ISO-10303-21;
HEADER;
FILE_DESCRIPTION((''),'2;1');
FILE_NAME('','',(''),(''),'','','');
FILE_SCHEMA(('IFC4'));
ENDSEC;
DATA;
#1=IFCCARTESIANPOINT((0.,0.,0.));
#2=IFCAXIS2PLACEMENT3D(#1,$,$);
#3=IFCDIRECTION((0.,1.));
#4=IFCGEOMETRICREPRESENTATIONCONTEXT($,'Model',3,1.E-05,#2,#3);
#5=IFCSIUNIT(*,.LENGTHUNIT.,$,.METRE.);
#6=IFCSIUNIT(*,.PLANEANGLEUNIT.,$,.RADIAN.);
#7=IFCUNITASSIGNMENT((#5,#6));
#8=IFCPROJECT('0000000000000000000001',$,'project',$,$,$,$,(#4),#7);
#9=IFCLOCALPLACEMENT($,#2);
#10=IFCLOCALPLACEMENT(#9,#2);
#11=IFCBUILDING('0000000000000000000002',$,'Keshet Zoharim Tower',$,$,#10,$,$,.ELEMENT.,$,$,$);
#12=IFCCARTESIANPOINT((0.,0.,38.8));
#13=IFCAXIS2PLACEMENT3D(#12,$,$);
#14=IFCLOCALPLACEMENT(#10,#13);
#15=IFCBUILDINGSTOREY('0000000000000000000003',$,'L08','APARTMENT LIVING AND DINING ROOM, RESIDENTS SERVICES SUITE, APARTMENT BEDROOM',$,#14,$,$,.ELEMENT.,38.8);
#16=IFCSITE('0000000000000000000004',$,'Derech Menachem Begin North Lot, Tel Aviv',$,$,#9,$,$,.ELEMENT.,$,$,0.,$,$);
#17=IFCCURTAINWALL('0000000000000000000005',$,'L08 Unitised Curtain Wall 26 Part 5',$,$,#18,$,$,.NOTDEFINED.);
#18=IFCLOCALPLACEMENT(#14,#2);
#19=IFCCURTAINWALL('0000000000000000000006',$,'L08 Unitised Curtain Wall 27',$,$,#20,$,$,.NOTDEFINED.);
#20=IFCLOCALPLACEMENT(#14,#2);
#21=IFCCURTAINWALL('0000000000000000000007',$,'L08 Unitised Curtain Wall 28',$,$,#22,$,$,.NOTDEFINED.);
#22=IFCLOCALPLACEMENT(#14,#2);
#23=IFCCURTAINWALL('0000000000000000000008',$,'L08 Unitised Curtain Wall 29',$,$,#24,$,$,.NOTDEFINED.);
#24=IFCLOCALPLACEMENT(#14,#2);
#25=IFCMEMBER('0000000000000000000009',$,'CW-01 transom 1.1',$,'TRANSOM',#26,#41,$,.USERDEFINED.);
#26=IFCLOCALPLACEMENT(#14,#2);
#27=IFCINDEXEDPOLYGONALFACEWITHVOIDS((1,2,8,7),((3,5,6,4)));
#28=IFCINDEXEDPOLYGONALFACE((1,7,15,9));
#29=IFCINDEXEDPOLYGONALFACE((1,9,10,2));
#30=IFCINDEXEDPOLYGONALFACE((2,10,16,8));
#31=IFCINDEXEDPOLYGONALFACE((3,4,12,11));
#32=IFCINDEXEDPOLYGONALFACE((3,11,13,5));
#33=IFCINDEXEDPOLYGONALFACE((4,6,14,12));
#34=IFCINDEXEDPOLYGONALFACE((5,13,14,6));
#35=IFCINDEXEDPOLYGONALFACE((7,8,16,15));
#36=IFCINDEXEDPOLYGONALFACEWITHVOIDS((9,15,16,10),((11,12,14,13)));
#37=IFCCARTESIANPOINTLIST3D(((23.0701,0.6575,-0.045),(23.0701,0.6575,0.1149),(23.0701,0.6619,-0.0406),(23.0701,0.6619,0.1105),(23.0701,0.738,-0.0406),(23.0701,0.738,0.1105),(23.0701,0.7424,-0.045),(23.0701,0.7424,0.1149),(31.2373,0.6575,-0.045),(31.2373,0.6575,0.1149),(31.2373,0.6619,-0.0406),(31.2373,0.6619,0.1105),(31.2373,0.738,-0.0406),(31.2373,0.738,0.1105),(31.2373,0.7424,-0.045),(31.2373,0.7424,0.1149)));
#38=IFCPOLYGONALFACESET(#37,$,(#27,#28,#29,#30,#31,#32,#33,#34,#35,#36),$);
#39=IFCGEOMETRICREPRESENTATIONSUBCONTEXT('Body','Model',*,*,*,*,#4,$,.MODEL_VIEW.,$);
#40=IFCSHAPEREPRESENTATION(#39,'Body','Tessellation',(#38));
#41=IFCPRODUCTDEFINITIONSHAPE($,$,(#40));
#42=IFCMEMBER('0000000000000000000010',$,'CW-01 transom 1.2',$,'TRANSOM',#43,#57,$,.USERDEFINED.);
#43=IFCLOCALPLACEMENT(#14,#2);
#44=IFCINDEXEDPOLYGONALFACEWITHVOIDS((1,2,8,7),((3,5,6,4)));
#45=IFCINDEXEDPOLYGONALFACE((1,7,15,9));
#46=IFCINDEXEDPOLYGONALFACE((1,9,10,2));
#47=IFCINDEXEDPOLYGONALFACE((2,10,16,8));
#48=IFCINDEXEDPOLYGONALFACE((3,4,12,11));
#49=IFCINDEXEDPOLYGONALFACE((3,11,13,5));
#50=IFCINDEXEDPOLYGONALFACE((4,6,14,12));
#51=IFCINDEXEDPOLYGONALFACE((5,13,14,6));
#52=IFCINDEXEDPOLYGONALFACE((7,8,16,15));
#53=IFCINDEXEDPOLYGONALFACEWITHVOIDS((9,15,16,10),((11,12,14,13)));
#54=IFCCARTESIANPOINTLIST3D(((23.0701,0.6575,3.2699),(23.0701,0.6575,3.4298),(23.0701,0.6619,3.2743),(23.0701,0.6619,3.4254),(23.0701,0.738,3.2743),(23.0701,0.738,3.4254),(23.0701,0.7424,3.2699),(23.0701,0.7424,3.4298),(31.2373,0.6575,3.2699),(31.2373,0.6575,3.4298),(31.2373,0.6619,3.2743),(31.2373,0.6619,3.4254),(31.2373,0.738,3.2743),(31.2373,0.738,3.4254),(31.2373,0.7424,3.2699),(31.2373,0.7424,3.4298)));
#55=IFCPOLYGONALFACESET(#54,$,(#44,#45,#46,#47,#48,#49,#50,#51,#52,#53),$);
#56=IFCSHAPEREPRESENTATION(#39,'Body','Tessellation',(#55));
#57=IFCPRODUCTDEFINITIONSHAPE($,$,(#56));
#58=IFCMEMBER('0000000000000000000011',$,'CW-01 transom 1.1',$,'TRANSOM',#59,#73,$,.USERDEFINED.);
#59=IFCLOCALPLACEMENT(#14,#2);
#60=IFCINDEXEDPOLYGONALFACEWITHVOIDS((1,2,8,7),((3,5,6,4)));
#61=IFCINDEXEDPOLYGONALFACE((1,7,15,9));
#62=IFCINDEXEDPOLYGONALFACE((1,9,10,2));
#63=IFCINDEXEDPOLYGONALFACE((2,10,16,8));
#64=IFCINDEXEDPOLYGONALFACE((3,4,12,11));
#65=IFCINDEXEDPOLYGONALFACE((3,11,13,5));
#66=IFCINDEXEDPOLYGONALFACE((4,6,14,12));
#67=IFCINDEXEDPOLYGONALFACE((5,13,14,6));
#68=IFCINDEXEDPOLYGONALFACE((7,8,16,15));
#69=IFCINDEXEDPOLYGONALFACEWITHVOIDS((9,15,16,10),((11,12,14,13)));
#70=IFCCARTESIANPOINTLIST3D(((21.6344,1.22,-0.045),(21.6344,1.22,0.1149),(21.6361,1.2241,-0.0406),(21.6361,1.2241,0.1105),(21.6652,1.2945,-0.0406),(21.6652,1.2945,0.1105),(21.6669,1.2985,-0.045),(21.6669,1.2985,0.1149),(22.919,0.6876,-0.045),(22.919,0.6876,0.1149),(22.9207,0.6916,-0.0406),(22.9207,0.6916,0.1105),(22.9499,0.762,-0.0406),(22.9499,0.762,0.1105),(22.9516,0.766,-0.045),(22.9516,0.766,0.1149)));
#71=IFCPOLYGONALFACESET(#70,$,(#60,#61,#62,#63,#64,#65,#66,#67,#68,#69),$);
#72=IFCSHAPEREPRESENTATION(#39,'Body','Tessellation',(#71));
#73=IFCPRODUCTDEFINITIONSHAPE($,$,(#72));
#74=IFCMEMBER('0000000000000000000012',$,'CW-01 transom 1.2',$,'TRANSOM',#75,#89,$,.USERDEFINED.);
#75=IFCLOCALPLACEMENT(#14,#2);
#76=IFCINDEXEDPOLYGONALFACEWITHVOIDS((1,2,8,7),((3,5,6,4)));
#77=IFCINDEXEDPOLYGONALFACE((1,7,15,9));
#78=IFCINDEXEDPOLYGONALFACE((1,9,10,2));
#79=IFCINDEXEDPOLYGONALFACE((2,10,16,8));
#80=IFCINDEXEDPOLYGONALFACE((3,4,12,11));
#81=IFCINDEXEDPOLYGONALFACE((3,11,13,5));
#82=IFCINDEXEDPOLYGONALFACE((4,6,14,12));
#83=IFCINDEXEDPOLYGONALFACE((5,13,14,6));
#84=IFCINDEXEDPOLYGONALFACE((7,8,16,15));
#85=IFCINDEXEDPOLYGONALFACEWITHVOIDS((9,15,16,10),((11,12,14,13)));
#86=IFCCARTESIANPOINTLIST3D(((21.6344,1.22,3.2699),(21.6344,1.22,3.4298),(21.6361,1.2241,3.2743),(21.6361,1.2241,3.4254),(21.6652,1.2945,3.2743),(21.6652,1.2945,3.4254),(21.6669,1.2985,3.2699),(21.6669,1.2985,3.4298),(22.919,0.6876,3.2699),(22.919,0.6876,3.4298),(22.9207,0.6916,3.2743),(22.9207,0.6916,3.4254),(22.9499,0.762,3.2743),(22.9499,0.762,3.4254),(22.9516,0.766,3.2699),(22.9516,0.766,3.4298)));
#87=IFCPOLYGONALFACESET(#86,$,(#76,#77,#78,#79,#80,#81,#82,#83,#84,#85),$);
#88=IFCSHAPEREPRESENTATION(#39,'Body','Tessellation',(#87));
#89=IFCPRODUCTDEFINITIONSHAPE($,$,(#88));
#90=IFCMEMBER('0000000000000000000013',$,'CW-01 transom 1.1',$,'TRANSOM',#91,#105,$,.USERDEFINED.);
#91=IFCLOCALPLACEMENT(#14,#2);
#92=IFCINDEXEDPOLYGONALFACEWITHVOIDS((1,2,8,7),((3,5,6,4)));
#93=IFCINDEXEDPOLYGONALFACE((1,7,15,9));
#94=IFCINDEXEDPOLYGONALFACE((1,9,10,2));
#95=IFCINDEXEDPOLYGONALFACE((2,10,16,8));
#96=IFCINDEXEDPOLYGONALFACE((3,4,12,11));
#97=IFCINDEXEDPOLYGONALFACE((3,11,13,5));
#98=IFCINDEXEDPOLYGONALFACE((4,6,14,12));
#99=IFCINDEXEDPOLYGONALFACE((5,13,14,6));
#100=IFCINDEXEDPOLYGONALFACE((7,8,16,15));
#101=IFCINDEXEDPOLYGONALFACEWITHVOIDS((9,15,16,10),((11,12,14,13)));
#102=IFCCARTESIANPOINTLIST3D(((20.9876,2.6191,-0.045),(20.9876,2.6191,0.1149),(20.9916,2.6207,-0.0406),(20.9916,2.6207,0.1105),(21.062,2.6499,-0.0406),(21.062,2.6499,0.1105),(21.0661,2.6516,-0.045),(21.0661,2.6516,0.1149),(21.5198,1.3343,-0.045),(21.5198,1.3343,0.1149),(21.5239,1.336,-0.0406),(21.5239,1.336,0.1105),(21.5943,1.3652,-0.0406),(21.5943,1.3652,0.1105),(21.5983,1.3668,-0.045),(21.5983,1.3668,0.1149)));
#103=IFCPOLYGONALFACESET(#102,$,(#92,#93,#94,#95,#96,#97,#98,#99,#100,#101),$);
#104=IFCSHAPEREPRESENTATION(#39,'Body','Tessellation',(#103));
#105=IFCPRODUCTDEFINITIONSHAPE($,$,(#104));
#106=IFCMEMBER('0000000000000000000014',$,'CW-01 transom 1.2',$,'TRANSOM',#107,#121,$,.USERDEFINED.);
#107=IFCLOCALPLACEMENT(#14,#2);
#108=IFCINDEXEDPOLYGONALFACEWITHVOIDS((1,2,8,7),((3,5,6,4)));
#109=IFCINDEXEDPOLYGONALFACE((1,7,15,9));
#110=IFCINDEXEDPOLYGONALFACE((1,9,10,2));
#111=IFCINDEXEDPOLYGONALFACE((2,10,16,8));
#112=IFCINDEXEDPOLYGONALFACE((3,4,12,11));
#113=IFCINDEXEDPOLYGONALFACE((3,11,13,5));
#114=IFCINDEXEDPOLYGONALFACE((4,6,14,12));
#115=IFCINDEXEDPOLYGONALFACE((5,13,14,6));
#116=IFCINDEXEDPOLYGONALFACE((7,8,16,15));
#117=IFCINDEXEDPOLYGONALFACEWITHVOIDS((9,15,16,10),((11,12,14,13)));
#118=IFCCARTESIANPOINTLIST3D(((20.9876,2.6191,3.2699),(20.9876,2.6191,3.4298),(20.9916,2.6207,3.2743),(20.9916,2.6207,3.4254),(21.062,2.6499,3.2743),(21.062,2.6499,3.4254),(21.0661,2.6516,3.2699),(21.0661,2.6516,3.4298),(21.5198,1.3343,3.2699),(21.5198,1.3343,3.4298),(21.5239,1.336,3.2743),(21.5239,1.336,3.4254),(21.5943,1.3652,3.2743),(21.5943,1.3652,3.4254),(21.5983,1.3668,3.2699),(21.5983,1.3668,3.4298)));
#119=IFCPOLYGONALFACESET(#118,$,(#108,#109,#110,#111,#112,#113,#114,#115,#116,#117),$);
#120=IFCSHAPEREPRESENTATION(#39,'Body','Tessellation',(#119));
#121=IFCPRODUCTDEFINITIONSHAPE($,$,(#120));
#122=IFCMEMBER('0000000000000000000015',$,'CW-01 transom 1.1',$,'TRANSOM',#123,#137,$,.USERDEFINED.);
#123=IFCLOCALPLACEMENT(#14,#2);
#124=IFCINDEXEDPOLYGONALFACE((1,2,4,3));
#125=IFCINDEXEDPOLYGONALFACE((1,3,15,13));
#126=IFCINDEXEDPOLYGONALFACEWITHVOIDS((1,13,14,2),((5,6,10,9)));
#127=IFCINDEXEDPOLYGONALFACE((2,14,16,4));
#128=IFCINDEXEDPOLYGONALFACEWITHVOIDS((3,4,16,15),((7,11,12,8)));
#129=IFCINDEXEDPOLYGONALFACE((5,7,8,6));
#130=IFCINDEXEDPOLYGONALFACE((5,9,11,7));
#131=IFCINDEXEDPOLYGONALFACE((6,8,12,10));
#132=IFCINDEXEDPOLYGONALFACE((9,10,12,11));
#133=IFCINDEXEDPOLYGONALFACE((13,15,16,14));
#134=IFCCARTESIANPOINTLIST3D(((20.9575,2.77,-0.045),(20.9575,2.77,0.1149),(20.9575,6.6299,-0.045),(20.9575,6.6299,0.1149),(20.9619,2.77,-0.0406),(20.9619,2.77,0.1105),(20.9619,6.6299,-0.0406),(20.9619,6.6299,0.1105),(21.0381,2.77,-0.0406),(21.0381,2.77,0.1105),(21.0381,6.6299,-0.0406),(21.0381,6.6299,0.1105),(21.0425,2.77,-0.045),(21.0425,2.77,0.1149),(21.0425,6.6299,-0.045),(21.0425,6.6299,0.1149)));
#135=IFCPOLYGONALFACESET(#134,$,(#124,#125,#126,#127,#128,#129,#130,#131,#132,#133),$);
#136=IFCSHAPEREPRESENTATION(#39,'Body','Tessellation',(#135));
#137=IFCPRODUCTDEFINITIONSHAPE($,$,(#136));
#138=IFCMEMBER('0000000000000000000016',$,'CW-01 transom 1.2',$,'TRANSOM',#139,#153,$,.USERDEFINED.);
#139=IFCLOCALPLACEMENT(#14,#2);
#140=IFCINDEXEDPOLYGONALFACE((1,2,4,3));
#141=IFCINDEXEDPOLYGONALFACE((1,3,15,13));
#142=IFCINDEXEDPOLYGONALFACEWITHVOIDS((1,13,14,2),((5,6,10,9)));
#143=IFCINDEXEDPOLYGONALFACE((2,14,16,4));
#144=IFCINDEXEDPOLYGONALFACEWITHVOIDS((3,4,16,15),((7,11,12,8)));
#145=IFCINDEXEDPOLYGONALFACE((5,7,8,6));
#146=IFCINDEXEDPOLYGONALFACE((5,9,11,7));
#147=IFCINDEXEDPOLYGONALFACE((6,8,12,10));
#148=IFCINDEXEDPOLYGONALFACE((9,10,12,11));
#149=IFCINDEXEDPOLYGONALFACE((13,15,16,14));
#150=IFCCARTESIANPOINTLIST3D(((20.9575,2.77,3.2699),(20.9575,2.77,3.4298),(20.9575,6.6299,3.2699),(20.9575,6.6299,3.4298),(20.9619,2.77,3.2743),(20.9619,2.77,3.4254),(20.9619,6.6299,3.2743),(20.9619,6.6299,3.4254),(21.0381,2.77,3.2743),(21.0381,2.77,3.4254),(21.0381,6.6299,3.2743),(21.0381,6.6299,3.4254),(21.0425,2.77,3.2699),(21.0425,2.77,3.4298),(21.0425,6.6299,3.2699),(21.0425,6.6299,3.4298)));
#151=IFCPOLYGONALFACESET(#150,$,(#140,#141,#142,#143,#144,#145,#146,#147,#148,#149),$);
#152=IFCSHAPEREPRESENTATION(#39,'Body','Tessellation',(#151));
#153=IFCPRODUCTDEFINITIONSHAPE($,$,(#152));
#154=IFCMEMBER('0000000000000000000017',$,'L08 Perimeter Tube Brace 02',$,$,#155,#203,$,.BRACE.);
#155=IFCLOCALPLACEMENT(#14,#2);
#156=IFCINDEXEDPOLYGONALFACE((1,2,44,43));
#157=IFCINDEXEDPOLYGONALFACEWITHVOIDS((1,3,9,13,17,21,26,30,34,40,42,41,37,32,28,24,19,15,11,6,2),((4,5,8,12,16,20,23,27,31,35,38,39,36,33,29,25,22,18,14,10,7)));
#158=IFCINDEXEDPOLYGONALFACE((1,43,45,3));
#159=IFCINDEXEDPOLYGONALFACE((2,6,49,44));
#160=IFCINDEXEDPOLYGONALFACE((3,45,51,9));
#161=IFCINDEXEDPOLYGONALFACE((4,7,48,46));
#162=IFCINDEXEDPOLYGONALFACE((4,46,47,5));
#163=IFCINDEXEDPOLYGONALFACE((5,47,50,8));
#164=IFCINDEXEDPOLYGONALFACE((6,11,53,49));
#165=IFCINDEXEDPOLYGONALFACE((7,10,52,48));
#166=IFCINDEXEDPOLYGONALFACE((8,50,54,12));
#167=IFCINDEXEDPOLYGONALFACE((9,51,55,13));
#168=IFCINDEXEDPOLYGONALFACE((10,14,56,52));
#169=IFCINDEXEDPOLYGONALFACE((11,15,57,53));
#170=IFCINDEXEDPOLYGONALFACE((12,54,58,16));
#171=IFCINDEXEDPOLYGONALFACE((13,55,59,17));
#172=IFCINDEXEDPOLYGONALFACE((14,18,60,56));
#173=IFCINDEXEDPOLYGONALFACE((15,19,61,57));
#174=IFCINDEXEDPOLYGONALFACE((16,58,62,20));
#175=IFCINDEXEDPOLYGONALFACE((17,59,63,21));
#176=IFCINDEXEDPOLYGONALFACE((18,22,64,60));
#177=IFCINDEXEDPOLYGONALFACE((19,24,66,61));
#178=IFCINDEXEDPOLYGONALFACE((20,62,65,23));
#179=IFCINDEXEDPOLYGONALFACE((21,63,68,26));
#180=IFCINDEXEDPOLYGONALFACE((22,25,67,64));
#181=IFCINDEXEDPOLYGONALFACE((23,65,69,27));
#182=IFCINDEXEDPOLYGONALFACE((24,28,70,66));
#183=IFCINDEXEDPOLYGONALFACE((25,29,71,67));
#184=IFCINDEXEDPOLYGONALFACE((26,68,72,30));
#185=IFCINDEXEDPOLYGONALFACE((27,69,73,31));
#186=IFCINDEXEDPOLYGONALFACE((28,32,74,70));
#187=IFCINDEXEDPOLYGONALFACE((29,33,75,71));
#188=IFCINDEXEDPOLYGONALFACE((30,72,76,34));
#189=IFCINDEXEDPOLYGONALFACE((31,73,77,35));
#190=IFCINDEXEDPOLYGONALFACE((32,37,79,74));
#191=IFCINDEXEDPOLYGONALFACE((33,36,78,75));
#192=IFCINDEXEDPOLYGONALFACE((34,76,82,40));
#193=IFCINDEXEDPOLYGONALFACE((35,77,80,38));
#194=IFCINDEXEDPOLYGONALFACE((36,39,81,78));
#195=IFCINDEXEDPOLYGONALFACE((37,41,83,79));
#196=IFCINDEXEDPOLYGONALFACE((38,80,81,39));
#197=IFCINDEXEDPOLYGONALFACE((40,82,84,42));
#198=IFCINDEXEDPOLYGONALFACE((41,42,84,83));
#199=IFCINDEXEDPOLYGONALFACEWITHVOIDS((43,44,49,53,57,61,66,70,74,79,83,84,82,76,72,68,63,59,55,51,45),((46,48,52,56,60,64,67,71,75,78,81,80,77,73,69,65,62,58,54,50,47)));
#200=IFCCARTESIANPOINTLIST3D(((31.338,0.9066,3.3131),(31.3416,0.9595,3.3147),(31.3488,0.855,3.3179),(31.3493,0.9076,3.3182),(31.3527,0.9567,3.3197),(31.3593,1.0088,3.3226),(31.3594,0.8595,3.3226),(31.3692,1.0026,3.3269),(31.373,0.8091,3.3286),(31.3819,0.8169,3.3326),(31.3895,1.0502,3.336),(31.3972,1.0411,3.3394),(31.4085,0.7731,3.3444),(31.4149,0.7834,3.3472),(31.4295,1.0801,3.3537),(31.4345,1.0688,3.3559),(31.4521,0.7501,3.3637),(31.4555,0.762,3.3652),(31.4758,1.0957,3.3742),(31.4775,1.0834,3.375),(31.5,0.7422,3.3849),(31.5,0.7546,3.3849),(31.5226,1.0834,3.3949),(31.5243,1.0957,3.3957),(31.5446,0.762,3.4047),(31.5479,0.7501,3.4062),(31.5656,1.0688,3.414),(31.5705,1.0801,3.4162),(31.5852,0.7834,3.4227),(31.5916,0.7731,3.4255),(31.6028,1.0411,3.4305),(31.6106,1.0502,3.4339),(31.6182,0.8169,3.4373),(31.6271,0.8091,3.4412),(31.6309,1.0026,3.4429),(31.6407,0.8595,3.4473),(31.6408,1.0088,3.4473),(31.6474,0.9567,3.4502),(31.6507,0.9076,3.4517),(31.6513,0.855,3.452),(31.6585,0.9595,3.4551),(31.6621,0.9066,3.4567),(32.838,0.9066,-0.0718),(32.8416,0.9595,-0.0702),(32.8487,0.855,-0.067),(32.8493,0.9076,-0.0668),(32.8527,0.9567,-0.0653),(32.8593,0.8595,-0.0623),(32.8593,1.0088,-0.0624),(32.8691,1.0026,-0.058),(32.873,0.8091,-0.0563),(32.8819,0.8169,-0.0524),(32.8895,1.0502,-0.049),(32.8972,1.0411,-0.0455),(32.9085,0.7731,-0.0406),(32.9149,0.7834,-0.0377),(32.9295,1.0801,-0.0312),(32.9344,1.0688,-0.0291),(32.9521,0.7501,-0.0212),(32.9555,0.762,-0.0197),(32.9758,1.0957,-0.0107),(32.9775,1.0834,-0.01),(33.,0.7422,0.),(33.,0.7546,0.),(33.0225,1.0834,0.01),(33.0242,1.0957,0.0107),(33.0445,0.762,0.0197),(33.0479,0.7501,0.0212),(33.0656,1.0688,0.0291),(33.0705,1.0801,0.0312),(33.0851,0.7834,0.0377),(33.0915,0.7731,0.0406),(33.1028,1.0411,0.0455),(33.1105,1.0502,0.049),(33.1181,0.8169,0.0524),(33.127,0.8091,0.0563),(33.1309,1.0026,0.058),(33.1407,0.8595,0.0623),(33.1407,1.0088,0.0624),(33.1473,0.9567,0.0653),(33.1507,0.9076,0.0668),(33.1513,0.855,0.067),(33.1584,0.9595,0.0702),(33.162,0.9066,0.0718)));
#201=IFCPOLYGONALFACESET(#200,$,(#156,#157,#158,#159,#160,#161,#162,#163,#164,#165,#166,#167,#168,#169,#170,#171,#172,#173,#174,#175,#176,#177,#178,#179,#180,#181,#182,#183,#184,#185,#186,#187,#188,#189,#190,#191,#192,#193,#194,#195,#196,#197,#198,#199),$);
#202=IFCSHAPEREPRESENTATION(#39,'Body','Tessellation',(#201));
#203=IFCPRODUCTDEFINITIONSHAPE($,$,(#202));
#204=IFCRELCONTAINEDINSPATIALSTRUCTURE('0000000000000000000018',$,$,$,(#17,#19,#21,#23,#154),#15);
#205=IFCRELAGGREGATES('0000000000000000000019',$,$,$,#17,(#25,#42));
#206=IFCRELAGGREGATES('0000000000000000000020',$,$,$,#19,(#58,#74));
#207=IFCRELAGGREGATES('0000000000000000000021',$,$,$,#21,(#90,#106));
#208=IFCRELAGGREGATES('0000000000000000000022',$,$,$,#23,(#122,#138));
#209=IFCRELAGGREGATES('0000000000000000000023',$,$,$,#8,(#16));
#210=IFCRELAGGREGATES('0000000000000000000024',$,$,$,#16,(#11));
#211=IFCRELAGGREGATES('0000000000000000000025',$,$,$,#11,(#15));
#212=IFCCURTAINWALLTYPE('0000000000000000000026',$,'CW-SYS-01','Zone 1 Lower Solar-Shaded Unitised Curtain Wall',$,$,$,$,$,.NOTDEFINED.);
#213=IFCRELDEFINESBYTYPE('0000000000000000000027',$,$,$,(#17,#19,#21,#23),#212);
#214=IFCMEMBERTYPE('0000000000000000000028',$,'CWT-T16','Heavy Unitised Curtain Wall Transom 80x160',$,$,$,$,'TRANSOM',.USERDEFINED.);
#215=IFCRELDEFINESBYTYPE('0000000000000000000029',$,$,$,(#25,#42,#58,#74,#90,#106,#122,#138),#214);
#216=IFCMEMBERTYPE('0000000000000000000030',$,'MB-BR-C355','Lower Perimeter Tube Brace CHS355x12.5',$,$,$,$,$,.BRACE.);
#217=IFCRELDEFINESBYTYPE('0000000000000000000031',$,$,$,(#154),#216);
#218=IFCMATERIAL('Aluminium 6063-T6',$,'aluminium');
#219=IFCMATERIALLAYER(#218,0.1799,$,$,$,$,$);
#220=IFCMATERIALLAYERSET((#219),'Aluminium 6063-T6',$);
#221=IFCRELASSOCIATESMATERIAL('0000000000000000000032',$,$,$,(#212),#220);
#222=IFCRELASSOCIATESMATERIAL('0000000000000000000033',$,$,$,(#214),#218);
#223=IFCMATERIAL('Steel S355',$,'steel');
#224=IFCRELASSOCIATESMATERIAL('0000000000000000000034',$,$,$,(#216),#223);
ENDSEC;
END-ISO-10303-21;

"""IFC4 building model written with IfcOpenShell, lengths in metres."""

from ifc_helpers import new_model, si_unit, direction, frame, origin, origin_2d, place, context, subcontext, project, spatial, hollow_rectangle, hollow_circle, extrude, material, layer, layer_set, material_profile, profile_set, type_object, element, aggregate, save


model = new_model("IFC4")

# Units and contexts
model_context = context("Model", 3, precision=1e-05, world=origin(), true_north=direction((0.0, 1.0)))
body_context = subcontext(model_context, "Body", "Model", "MODEL_VIEW")
ifc_project = project(units=[si_unit("LENGTHUNIT", "METRE"), si_unit("PLANEANGLEUNIT", "RADIAN")], contexts=[model_context])

# Site, building, storey
site_placement = place(None, origin())
site = spatial("IfcSite", under=ifc_project, at=site_placement, Name="Derech Menachem Begin North Lot, Tel Aviv", CompositionType="ELEMENT", RefElevation=0.0)
building_placement = place(site_placement, origin())
building = spatial("IfcBuilding", under=site, at=building_placement, Name="Keshet Zoharim Tower", CompositionType="ELEMENT")
storey_placement = place(building_placement, frame((0.0, 0.0, 38.8)))
storey = spatial("IfcBuildingStorey", under=building, at=storey_placement, Name="L08", Description="APARTMENT LIVING AND DINING ROOM, RESIDENTS SERVICES SUITE, APARTMENT BEDROOM", CompositionType="ELEMENT", Elevation=38.8)

# Shared definitions
ifc_material_1 = material(Name="Steel S355", Category="steel")

# Curtain wall
ifc_material_2 = material(Name="Aluminium 6063-T6", Category="aluminium")
ifc_layer_1 = layer(ifc_material_2, 0.1799)
ifc_layer_set_1 = layer_set([ifc_layer_1], Name="Aluminium 6063-T6")
curtain_wall_type = type_object("IfcCurtainWallType", Name="CW-SYS-01", Description="Zone 1 Lower Solar-Shaded Unitised Curtain Wall", PredefinedType="NOTDEFINED", material=ifc_layer_set_1)
curtain_wall_1_placement = place(storey_placement, origin())
curtain_wall_1 = element("IfcCurtainWall", 1, at=curtain_wall_1_placement, inside=storey, type_object=curtain_wall_type, Name="L08 Unitised Curtain Wall 26 Part 5", PredefinedType="NOTDEFINED")

# Curtain walls
curtain_wall_2_placement = place(storey_placement, origin())
curtain_wall_2 = element("IfcCurtainWall", 2, at=curtain_wall_2_placement, inside=storey, type_object=curtain_wall_type, Name="L08 Unitised Curtain Wall 27", PredefinedType="NOTDEFINED")
curtain_wall_3_placement = place(storey_placement, origin())
curtain_wall_3 = element("IfcCurtainWall", 3, at=curtain_wall_3_placement, inside=storey, type_object=curtain_wall_type, Name="L08 Unitised Curtain Wall 28", PredefinedType="NOTDEFINED")
curtain_wall_4_placement = place(storey_placement, origin())
curtain_wall_4 = element("IfcCurtainWall", 4, at=curtain_wall_4_placement, inside=storey, type_object=curtain_wall_type, Name="L08 Unitised Curtain Wall 29", PredefinedType="NOTDEFINED")

# Members
ifc_material_profile_1 = material_profile(ifc_material_2, hollow_rectangle(XDim=0.085, YDim=0.1599, WallThickness=0.0044, at=origin_2d()), Name="TRN-85x160")
ifc_profile_set_1 = profile_set([ifc_material_profile_1], Name="Aluminium 6063-T6")
member_type_1 = type_object("IfcMemberType", Name="CWT-T16", Description="Heavy Unitised Curtain Wall Transom 80x160", ElementType="TRANSOM", PredefinedType="USERDEFINED", material=ifc_profile_set_1)
member_1_placement = place(storey_placement, frame((31.2373, 0.7, 0.0349), z_axis=(-1.0, 0.0, 0.0), x_axis=(0.0, -1.0, 0.0)))
member_1 = element("IfcMember", 5, at=member_1_placement, type_object=member_type_1, Name="CW-01 transom 1.1", ObjectType="TRANSOM", PredefinedType="USERDEFINED", context=body_context, shape_type="SweptSolid", body=[
    extrude(hollow_rectangle(XDim=0.085, YDim=0.1599, WallThickness=0.0044, at=origin_2d()), origin(), (0.0, 0.0, 1.0), 8.1672),
])
member_2_placement = place(storey_placement, frame((31.2373, 0.7, 3.3499), z_axis=(-1.0, 0.0, 0.0), x_axis=(0.0, -1.0, 0.0)))
member_2 = element("IfcMember", 6, at=member_2_placement, type_object=member_type_1, Name="CW-01 transom 1.2", ObjectType="TRANSOM", PredefinedType="USERDEFINED", context=body_context, shape_type="SweptSolid", body=[
    extrude(hollow_rectangle(XDim=0.085, YDim=0.1599, WallThickness=0.0044, at=origin_2d()), origin(), (0.0, 0.0, 1.0), 8.1672),
])
member_3_placement = place(storey_placement, frame((22.9353, 0.7268, 0.0349), z_axis=(-0.923792, 0.382894, 0.0), x_axis=(-0.382894, -0.923792, 0.0)))
member_3 = element("IfcMember", 7, at=member_3_placement, type_object=member_type_1, Name="CW-01 transom 1.1", ObjectType="TRANSOM", PredefinedType="USERDEFINED", context=body_context, shape_type="SweptSolid", body=[
    extrude(hollow_rectangle(XDim=0.085, YDim=0.1599, WallThickness=0.0044, at=origin_2d()), origin(), (0.0, 0.0, 1.0), 1.3906),
])
member_4_placement = place(storey_placement, frame((22.9353, 0.7268, 3.3499), z_axis=(-0.923792, 0.382894, 0.0), x_axis=(-0.382894, -0.923792, 0.0)))
member_4 = element("IfcMember", 8, at=member_4_placement, type_object=member_type_1, Name="CW-01 transom 1.2", ObjectType="TRANSOM", PredefinedType="USERDEFINED", context=body_context, shape_type="SweptSolid", body=[
    extrude(hollow_rectangle(XDim=0.085, YDim=0.1599, WallThickness=0.0044, at=origin_2d()), origin(), (0.0, 0.0, 1.0), 1.3906),
])
member_5_placement = place(storey_placement, frame((21.5591, 1.3506, 0.0349), z_axis=(-0.382745, 0.923854, 0.0), x_axis=(-0.923854, -0.382745, 0.0)))
member_5 = element("IfcMember", 9, at=member_5_placement, type_object=member_type_1, Name="CW-01 transom 1.1", ObjectType="TRANSOM", PredefinedType="USERDEFINED", context=body_context, shape_type="SweptSolid", body=[
    extrude(hollow_rectangle(XDim=0.085, YDim=0.1599, WallThickness=0.0044, at=origin_2d()), origin(), (0.0, 0.0, 1.0), 1.3906),
])
member_6_placement = place(storey_placement, frame((21.5591, 1.3506, 3.3499), z_axis=(-0.382745, 0.923854, 0.0), x_axis=(-0.923854, -0.382745, 0.0)))
member_6 = element("IfcMember", 10, at=member_6_placement, type_object=member_type_1, Name="CW-01 transom 1.2", ObjectType="TRANSOM", PredefinedType="USERDEFINED", context=body_context, shape_type="SweptSolid", body=[
    extrude(hollow_rectangle(XDim=0.085, YDim=0.1599, WallThickness=0.0044, at=origin_2d()), origin(), (0.0, 0.0, 1.0), 1.3906),
])
member_7_placement = place(storey_placement, frame((21.0, 2.77, 0.0349), z_axis=(0.0, 1.0, 0.0), x_axis=(-1.0, 0.0, 0.0)))
member_7 = element("IfcMember", 11, at=member_7_placement, type_object=member_type_1, Name="CW-01 transom 1.1", ObjectType="TRANSOM", PredefinedType="USERDEFINED", context=body_context, shape_type="SweptSolid", body=[
    extrude(hollow_rectangle(XDim=0.085, YDim=0.1599, WallThickness=0.0044, at=origin_2d()), origin(), (0.0, 0.0, 1.0), 3.8599),
])
member_8_placement = place(storey_placement, frame((21.0, 2.77, 3.3499), z_axis=(0.0, 1.0, 0.0), x_axis=(-1.0, 0.0, 0.0)))
member_8 = element("IfcMember", 12, at=member_8_placement, type_object=member_type_1, Name="CW-01 transom 1.2", ObjectType="TRANSOM", PredefinedType="USERDEFINED", context=body_context, shape_type="SweptSolid", body=[
    extrude(hollow_rectangle(XDim=0.085, YDim=0.1599, WallThickness=0.0044, at=origin_2d()), origin(), (0.0, 0.0, 1.0), 3.8599),
])
ifc_material_profile_2 = material_profile(ifc_material_1, hollow_circle(Radius=0.1777, WallThickness=0.0125, at=origin_2d()), Name="CHS355x12.5")
ifc_profile_set_2 = profile_set([ifc_material_profile_2], Name="Steel S355")
member_type_2 = type_object("IfcMemberType", Name="MB-BR-C355", Description="Lower Perimeter Tube Brace CHS355x12.5", PredefinedType="BRACE", material=ifc_profile_set_2)
member_9_placement = place(storey_placement, frame((33.0, 0.9199, 0.0), z_axis=(-0.405135, 0.0, 0.914257), x_axis=(0.0, -1.0, 0.0)))
element("IfcMember", 13, at=member_9_placement, inside=storey, type_object=member_type_2, Name="L08 Perimeter Tube Brace 02", PredefinedType="BRACE", context=body_context, shape_type="SweptSolid", body=[
    extrude(hollow_circle(Radius=0.1777, WallThickness=0.0125, at=origin_2d()), origin(), (0.0, 0.0, 1.0), 3.7024),
])

aggregate(curtain_wall_1, [member_1, member_2])
aggregate(curtain_wall_2, [member_3, member_4])
aggregate(curtain_wall_3, [member_5, member_6])
aggregate(curtain_wall_4, [member_7, member_8])

save(model, "model.ifc")
